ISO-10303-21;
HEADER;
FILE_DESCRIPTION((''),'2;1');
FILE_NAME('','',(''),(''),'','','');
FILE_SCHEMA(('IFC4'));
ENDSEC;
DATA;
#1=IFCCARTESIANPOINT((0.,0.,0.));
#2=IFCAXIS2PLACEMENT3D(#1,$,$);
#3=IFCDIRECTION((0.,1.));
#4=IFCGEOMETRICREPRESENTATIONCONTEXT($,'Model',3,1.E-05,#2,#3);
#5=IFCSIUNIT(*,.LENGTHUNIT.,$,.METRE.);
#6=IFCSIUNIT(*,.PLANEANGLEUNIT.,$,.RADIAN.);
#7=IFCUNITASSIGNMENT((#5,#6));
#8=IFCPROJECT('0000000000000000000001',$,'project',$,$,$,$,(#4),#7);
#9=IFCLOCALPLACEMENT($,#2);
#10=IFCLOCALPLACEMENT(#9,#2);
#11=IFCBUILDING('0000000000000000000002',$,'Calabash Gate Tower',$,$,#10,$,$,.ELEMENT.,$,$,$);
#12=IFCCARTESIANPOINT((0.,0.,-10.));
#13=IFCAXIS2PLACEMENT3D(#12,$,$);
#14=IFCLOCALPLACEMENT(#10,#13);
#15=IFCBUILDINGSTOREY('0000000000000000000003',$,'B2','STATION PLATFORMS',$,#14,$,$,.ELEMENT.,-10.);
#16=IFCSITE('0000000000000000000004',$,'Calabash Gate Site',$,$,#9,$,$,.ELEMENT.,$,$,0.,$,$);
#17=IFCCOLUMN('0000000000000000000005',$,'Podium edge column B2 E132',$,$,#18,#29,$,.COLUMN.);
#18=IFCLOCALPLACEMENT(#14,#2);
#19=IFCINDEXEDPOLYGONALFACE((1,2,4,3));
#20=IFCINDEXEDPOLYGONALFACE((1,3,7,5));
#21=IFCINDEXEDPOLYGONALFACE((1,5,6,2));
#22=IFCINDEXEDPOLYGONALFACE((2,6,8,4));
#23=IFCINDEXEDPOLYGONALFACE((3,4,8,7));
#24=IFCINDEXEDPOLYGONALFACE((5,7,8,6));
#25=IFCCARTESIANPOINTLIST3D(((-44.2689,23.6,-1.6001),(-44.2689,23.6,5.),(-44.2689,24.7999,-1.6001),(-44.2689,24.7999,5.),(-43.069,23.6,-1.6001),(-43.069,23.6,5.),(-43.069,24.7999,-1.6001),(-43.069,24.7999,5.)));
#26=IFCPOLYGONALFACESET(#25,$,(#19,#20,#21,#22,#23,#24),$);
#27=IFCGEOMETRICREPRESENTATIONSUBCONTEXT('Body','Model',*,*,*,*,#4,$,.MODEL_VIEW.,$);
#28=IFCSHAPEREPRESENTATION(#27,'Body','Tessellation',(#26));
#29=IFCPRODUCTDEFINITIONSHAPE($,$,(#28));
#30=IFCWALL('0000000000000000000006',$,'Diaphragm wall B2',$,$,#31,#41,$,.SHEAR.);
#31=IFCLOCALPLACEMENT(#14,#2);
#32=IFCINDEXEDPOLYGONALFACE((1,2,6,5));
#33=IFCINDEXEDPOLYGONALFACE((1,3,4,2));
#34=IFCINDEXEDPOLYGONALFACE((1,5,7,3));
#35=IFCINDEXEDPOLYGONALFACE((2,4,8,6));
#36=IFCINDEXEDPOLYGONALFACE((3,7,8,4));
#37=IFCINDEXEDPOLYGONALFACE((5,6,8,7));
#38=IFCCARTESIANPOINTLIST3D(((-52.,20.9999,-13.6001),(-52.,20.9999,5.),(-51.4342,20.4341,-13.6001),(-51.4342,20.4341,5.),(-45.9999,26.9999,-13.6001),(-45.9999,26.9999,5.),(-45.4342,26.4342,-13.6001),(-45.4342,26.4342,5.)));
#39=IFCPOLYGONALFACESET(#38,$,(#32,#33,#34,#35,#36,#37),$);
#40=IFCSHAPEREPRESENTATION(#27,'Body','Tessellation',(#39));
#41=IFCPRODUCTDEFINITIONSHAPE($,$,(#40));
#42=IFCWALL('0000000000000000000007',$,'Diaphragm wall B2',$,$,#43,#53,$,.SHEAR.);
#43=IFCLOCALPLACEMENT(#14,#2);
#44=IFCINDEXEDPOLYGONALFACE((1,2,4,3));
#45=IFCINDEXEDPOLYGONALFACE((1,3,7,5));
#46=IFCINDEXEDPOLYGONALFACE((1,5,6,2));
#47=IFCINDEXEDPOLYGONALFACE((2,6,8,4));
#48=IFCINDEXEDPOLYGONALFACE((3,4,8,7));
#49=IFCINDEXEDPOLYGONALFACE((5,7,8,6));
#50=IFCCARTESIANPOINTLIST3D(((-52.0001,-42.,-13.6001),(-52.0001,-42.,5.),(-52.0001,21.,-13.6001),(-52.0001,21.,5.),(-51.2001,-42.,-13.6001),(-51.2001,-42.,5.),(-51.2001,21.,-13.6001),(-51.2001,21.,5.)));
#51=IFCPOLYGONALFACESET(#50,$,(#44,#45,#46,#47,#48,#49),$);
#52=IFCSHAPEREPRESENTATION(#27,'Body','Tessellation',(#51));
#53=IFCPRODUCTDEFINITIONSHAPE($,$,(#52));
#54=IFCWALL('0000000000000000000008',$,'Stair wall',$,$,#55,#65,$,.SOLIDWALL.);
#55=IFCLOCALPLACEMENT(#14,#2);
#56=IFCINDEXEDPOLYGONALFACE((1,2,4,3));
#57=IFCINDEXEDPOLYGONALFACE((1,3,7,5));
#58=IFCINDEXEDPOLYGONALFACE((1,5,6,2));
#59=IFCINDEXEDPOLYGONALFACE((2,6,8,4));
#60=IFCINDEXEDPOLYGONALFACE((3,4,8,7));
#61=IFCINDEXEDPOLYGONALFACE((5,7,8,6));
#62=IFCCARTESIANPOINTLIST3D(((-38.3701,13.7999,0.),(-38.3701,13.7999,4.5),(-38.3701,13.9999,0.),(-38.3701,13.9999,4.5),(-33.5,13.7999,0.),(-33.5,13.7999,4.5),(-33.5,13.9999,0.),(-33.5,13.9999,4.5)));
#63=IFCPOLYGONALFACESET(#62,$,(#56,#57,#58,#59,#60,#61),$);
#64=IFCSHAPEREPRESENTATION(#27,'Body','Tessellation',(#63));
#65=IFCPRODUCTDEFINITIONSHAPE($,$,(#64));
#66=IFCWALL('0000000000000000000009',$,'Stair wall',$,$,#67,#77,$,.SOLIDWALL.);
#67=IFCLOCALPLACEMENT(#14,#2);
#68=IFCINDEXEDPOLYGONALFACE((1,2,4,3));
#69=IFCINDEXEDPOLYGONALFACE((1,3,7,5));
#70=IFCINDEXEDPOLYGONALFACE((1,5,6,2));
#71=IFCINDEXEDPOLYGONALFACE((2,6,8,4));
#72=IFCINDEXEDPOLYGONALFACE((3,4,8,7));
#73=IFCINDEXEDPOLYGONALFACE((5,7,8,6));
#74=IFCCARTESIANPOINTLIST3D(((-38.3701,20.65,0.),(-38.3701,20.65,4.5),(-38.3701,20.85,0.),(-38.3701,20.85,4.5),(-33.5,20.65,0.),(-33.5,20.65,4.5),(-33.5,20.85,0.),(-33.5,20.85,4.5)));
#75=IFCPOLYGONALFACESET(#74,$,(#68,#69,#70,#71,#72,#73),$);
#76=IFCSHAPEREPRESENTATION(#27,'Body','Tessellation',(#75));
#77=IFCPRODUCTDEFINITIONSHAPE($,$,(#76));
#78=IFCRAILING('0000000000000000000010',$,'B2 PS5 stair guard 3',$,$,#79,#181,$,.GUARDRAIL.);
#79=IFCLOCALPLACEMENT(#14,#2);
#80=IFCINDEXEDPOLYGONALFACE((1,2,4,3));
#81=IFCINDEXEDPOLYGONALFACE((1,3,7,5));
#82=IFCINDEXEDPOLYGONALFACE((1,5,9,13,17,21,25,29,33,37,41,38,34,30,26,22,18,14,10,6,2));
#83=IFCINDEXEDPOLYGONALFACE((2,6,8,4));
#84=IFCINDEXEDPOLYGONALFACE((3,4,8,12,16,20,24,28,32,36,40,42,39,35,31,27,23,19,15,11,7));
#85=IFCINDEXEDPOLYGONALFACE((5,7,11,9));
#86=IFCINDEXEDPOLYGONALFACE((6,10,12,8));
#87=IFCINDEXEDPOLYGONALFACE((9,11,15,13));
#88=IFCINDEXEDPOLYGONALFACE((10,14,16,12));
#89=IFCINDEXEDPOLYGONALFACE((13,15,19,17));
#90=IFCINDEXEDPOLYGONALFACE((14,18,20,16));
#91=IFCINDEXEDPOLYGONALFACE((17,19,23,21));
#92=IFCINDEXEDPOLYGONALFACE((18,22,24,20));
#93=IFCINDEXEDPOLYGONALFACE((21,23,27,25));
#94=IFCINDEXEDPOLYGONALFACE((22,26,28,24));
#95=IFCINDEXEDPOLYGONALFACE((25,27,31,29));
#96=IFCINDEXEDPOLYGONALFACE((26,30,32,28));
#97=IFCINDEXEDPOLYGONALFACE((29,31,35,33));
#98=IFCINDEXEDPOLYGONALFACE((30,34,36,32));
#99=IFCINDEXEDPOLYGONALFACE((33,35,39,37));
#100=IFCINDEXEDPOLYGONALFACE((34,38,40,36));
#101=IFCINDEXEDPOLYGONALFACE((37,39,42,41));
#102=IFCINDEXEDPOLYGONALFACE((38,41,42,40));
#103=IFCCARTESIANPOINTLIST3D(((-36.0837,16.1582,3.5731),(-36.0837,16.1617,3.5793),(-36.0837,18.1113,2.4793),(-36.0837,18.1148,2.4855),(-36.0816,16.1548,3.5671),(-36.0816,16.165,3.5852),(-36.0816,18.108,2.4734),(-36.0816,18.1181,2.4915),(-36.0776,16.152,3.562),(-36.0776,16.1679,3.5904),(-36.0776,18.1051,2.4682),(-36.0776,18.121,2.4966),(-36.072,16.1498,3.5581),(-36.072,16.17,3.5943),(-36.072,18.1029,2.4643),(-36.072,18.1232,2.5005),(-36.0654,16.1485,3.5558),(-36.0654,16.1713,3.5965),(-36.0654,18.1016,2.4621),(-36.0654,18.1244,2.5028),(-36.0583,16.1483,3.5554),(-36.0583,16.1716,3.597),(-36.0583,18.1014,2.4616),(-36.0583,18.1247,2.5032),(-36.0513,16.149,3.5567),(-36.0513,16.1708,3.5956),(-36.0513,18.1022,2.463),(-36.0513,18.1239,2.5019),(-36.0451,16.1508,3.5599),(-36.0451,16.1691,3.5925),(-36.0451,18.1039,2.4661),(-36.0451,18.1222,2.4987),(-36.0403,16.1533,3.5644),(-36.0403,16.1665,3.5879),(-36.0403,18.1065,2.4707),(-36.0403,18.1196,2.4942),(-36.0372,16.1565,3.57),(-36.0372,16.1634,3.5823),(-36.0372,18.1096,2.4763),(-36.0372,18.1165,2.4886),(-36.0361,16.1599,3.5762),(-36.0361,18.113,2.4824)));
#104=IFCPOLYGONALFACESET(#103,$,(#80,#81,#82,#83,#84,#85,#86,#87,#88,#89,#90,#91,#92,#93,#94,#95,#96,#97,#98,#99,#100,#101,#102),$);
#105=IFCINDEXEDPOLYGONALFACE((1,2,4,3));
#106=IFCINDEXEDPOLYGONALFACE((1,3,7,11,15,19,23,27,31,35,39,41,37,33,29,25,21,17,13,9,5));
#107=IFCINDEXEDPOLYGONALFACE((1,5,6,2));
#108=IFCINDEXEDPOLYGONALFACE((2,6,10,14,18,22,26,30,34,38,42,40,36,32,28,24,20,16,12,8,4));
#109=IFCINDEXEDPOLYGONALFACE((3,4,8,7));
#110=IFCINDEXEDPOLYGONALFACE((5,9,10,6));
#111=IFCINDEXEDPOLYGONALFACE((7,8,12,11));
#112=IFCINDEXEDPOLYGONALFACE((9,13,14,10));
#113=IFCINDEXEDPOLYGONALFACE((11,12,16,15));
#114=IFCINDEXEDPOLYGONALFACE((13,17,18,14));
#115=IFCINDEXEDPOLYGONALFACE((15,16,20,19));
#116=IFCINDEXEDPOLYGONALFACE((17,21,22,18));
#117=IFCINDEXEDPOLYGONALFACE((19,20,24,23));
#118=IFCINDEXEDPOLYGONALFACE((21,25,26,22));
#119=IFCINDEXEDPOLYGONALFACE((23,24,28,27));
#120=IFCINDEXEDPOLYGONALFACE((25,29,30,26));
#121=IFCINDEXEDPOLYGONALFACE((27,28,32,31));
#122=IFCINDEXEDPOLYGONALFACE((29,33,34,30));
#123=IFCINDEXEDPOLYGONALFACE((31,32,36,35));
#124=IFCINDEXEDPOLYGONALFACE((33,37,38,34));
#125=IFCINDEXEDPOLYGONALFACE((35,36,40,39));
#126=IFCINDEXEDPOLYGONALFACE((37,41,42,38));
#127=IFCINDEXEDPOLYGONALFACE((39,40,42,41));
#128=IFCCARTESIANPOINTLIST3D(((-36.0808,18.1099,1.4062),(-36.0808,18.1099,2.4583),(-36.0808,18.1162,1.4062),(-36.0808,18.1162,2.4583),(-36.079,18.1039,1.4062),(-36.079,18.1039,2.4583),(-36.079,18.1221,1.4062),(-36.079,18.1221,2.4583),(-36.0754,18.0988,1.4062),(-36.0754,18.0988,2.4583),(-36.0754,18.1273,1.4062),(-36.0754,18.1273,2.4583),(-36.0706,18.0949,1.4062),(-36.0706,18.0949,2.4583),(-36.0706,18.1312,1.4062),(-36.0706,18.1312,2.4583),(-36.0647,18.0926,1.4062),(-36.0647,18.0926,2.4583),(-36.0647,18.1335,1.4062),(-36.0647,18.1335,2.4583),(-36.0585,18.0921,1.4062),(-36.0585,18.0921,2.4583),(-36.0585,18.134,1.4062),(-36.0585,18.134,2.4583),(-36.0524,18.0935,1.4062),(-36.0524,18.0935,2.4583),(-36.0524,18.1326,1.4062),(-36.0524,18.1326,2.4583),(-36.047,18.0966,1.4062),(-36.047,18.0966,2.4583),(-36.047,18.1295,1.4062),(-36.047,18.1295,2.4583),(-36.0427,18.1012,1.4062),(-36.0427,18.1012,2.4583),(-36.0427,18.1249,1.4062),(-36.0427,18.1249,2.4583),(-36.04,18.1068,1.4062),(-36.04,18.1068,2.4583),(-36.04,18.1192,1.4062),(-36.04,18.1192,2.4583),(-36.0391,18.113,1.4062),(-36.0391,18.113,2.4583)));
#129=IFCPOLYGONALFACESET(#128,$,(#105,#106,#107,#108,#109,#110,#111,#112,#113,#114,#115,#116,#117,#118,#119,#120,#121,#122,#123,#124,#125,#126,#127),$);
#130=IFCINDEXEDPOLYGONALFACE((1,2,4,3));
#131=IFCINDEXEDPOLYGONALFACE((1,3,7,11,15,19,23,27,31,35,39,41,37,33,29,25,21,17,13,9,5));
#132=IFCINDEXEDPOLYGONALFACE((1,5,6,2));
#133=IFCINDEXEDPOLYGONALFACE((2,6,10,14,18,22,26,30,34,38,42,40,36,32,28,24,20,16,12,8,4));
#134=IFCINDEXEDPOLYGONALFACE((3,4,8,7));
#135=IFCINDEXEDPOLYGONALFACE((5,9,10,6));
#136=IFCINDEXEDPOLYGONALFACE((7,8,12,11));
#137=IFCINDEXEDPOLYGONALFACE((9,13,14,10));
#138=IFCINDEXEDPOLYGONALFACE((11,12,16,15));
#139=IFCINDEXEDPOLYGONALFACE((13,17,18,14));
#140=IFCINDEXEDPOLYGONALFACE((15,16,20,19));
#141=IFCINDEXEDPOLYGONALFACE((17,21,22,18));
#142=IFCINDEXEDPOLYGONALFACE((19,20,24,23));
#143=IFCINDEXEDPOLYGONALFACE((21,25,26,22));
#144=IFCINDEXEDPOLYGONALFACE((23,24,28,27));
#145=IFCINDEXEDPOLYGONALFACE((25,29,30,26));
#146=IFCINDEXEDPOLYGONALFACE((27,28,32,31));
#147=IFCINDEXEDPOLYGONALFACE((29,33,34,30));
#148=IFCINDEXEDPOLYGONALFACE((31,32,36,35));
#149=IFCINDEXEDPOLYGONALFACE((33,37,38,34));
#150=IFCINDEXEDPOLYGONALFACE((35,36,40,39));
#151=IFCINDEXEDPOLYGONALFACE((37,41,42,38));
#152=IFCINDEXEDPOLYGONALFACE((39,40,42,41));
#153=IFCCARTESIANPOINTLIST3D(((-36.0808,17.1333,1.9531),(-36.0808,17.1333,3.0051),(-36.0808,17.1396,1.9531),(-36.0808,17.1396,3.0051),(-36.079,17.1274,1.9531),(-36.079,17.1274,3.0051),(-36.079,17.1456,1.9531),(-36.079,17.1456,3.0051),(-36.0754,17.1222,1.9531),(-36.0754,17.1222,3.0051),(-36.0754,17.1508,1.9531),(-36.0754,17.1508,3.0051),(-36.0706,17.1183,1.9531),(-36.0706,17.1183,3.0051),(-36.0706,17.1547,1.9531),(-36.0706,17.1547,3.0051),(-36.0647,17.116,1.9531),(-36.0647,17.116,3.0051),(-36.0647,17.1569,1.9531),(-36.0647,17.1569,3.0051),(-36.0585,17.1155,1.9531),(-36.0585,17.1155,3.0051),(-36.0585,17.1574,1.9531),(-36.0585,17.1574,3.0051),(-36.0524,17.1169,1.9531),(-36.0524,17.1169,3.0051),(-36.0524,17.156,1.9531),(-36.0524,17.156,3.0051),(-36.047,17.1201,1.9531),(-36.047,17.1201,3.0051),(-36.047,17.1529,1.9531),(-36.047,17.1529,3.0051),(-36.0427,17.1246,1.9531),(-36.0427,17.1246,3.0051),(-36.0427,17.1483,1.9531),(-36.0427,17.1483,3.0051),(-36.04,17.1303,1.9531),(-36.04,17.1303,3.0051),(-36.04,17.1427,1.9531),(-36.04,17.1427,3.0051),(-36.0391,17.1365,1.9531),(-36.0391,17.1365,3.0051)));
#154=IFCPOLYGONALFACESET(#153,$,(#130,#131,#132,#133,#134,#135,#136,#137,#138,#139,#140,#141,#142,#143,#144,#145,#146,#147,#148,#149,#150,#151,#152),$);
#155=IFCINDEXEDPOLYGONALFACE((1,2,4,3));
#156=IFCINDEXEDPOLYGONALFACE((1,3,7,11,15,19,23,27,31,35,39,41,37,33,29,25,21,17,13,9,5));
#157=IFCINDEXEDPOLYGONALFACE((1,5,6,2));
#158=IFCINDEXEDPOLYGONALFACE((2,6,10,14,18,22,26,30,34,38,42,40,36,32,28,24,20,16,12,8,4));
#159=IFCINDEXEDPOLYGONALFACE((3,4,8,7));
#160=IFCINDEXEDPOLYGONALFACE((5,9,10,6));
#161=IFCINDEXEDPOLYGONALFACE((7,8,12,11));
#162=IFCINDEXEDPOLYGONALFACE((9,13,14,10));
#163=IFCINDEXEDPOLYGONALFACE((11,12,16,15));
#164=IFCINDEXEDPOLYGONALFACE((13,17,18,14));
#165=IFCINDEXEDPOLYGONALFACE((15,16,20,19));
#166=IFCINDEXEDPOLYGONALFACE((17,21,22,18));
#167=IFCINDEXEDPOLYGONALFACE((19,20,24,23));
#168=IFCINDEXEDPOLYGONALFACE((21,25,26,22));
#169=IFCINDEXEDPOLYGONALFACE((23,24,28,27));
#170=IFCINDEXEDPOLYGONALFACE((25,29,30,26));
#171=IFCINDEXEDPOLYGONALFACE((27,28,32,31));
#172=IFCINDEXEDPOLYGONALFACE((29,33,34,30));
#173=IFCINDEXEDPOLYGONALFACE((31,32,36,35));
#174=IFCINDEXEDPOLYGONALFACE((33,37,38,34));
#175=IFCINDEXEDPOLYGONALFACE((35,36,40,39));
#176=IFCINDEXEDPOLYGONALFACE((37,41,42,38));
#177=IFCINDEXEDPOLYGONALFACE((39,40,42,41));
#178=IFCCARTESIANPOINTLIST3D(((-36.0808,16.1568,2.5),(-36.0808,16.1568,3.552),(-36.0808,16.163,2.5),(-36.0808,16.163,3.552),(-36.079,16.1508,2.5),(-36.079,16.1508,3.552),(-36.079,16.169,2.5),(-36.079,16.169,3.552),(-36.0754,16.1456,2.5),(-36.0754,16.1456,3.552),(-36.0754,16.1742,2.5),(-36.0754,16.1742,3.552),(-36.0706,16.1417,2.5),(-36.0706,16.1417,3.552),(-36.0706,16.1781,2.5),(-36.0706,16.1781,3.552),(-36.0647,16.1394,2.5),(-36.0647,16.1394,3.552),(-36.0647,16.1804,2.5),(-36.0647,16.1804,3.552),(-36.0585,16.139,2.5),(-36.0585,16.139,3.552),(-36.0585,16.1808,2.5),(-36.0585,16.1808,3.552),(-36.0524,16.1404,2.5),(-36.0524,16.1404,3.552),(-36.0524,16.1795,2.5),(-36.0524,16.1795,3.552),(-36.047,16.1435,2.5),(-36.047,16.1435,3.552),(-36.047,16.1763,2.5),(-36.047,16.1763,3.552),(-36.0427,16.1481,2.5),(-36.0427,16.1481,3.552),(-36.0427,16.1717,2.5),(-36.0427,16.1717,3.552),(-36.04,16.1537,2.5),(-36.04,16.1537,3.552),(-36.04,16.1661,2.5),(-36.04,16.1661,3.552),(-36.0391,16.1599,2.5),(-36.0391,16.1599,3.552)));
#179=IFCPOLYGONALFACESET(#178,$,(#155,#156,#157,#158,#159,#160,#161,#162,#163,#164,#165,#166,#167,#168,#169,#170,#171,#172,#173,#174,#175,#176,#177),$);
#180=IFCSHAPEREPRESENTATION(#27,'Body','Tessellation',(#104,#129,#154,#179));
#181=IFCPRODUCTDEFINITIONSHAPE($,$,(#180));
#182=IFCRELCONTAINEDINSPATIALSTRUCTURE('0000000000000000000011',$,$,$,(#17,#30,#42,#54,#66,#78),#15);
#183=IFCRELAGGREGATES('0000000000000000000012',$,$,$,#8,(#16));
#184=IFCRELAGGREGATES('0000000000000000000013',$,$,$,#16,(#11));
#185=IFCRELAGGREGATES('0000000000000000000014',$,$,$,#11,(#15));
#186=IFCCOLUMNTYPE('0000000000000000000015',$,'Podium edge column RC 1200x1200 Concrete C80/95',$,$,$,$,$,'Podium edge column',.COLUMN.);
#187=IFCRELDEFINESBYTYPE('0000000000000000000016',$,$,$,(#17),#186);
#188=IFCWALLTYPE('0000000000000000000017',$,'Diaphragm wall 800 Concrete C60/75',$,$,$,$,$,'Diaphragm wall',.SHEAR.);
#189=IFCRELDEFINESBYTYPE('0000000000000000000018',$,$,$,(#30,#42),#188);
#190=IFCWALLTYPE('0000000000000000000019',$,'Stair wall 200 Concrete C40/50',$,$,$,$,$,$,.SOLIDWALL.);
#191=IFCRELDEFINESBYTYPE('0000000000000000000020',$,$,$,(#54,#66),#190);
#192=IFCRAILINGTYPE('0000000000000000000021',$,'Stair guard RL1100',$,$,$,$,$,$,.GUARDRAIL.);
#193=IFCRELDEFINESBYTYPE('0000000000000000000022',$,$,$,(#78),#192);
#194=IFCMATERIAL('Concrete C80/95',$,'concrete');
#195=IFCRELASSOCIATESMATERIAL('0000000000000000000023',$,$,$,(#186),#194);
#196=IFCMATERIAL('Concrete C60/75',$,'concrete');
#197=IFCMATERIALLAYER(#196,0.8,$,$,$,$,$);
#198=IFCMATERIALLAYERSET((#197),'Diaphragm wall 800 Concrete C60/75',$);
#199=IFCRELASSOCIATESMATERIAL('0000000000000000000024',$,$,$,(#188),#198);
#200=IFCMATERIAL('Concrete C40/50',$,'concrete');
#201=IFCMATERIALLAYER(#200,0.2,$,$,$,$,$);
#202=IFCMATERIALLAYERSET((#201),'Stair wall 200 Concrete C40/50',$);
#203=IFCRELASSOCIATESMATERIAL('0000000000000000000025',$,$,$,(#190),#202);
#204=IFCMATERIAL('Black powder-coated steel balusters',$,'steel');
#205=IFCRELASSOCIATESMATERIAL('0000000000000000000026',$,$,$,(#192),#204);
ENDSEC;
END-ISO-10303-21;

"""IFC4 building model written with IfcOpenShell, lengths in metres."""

from ifc_helpers import new_model, si_unit, direction, frame, frame_2d, origin, origin_2d, place, context, subcontext, project, spatial, rectangle, circle, extrude, material, layer, layer_set, material_profile, profile_set, type_object, element, save


model = new_model("IFC4")

# Units and contexts
model_context = context("Model", 3, precision=1e-05, world=origin(), true_north=direction((0.0, 1.0)))
body_context = subcontext(model_context, "Body", "Model", "MODEL_VIEW")
ifc_project = project(units=[si_unit("LENGTHUNIT", "METRE"), si_unit("PLANEANGLEUNIT", "RADIAN")], contexts=[model_context])

# Site, building, storey
site_placement = place(None, origin())
site = spatial("IfcSite", under=ifc_project, at=site_placement, Name="Calabash Gate Site", CompositionType="ELEMENT", RefElevation=0.0)
building_placement = place(site_placement, origin())
building = spatial("IfcBuilding", under=site, at=building_placement, Name="Calabash Gate Tower", CompositionType="ELEMENT")
storey_placement = place(building_placement, frame((0.0, 0.0, -10.0)))
storey = spatial("IfcBuildingStorey", under=building, at=storey_placement, Name="B2", Description="STATION PLATFORMS", CompositionType="ELEMENT", Elevation=-10.0)

# Column
ifc_material_1 = material(Name="Concrete C80/95", Category="concrete")
ifc_material_profile_1 = material_profile(ifc_material_1, rectangle(XDim=1.2, YDim=1.2, at=origin_2d()))
ifc_profile_set_1 = profile_set([ifc_material_profile_1], Name="Concrete C80/95")
column_type = type_object("IfcColumnType", Name="Podium edge column RC 1200x1200 Concrete C80/95", ElementType="Podium edge column", PredefinedType="COLUMN", material=ifc_profile_set_1)
for number, where, z_axis, x_axis, name in (
    (1, (-43.6689, 24.2, -1.6001), (0.0, 0.0, 1.0), (1.0, 0.0, 0.0), "Podium edge column B2 E132"),
):
    element("IfcColumn", number, at=place(storey_placement, frame(where, z_axis=z_axis, x_axis=x_axis)), inside=storey, type_object=column_type, Name=name, PredefinedType="COLUMN", context=body_context, shape_type="SweptSolid", body=[
        extrude(rectangle(XDim=1.2, YDim=1.2, at=origin_2d()), origin(), (0.0, 0.0, 1.0), 6.6001),
    ])

# Walls
ifc_material_2 = material(Name="Concrete C60/75", Category="concrete")
ifc_layer_1 = layer(ifc_material_2, 0.8)
ifc_layer_set_1 = layer_set([ifc_layer_1], Name="Diaphragm wall 800 Concrete C60/75")
wall_type_1 = type_object("IfcWallType", Name="Diaphragm wall 800 Concrete C60/75", ElementType="Diaphragm wall", PredefinedType="SHEAR", material=ifc_layer_set_1)
wall_1_placement = place(storey_placement, frame((-45.717, 26.717, -13.6001), z_axis=(0.0, 0.0, 1.0), x_axis=(-0.707107, -0.707107, 0.0)))
element("IfcWall", 2, at=wall_1_placement, inside=storey, type_object=wall_type_1, Name="Diaphragm wall B2", PredefinedType="SHEAR", context=body_context, shape_type="SweptSolid", body=[
    extrude(rectangle(XDim=8.4854, YDim=0.8, at=frame_2d((4.2427, 0.0))), origin(), (0.0, 0.0, 1.0), 18.6001),
])
wall_2_placement = place(storey_placement, frame((-51.6001, 21.0, -13.6001), z_axis=(0.0, 0.0, 1.0), x_axis=(0.0, -1.0, 0.0)))
element("IfcWall", 3, at=wall_2_placement, inside=storey, type_object=wall_type_1, Name="Diaphragm wall B2", PredefinedType="SHEAR", context=body_context, shape_type="SweptSolid", body=[
    extrude(rectangle(XDim=63.0, YDim=0.8, at=frame_2d((31.5, 0.0))), origin(), (0.0, 0.0, 1.0), 18.6001),
])
ifc_material_3 = material(Name="Concrete C40/50", Category="concrete")
ifc_layer_2 = layer(ifc_material_3, 0.2)
ifc_layer_set_2 = layer_set([ifc_layer_2], Name="Stair wall 200 Concrete C40/50")
wall_type_2 = type_object("IfcWallType", Name="Stair wall 200 Concrete C40/50", PredefinedType="SOLIDWALL", material=ifc_layer_set_2)
for number, where, z_axis, x_axis, name in (
    (4, (-38.3701, 13.8999, 0.0), (0.0, 0.0, 1.0), (1.0, 0.0, 0.0), "Stair wall"),
    (5, (-38.3701, 20.75, 0.0), (0.0, 0.0, 1.0), (1.0, 0.0, 0.0), "Stair wall"),
):
    element("IfcWall", number, at=place(storey_placement, frame(where, z_axis=z_axis, x_axis=x_axis)), inside=storey, type_object=wall_type_2, Name=name, PredefinedType="SOLIDWALL", context=body_context, shape_type="SweptSolid", body=[
        extrude(rectangle(XDim=4.8701, YDim=0.2, at=frame_2d((2.4351, 0.0))), origin(), (0.0, 0.0, 1.0), 4.5),
    ])

# Railing
ifc_material_4 = material(Name="Black powder-coated steel balusters", Category="steel")
railing_type_1 = type_object("IfcRailingType", Name="Stair guard RL1100", PredefinedType="GUARDRAIL", material=ifc_material_4)
for number, where, name in (
    (6, (-36.0601, 18.113, 1.4062), "B2 PS5 stair guard 3"),
):
    element("IfcRailing", number, at=place(storey_placement, frame(where)), inside=storey, type_object=railing_type_1, Name=name, PredefinedType="GUARDRAIL", context=body_context, shape_type="SweptSolid", body=[
        extrude(circle(Radius=0.0239, at=origin_2d()), frame((0.0, 0.0, 1.0762), z_axis=(0.0, -0.872506, 0.488603), x_axis=(1.0, 0.0, 0.0)), (0.0, 0.0, 1.0), 2.2385),
        extrude(circle(Radius=0.021, at=origin_2d()), origin(), (0.0, 0.0, 1.0), 1.052),
        extrude(circle(Radius=0.021, at=origin_2d()), frame((0.0, -0.9766, 0.5469)), (0.0, 0.0, 1.0), 1.052),
        extrude(circle(Radius=0.021, at=origin_2d()), frame((0.0, -1.9531, 1.0938)), (0.0, 0.0, 1.0), 1.052),
    ])

save(model, "model.ifc")
